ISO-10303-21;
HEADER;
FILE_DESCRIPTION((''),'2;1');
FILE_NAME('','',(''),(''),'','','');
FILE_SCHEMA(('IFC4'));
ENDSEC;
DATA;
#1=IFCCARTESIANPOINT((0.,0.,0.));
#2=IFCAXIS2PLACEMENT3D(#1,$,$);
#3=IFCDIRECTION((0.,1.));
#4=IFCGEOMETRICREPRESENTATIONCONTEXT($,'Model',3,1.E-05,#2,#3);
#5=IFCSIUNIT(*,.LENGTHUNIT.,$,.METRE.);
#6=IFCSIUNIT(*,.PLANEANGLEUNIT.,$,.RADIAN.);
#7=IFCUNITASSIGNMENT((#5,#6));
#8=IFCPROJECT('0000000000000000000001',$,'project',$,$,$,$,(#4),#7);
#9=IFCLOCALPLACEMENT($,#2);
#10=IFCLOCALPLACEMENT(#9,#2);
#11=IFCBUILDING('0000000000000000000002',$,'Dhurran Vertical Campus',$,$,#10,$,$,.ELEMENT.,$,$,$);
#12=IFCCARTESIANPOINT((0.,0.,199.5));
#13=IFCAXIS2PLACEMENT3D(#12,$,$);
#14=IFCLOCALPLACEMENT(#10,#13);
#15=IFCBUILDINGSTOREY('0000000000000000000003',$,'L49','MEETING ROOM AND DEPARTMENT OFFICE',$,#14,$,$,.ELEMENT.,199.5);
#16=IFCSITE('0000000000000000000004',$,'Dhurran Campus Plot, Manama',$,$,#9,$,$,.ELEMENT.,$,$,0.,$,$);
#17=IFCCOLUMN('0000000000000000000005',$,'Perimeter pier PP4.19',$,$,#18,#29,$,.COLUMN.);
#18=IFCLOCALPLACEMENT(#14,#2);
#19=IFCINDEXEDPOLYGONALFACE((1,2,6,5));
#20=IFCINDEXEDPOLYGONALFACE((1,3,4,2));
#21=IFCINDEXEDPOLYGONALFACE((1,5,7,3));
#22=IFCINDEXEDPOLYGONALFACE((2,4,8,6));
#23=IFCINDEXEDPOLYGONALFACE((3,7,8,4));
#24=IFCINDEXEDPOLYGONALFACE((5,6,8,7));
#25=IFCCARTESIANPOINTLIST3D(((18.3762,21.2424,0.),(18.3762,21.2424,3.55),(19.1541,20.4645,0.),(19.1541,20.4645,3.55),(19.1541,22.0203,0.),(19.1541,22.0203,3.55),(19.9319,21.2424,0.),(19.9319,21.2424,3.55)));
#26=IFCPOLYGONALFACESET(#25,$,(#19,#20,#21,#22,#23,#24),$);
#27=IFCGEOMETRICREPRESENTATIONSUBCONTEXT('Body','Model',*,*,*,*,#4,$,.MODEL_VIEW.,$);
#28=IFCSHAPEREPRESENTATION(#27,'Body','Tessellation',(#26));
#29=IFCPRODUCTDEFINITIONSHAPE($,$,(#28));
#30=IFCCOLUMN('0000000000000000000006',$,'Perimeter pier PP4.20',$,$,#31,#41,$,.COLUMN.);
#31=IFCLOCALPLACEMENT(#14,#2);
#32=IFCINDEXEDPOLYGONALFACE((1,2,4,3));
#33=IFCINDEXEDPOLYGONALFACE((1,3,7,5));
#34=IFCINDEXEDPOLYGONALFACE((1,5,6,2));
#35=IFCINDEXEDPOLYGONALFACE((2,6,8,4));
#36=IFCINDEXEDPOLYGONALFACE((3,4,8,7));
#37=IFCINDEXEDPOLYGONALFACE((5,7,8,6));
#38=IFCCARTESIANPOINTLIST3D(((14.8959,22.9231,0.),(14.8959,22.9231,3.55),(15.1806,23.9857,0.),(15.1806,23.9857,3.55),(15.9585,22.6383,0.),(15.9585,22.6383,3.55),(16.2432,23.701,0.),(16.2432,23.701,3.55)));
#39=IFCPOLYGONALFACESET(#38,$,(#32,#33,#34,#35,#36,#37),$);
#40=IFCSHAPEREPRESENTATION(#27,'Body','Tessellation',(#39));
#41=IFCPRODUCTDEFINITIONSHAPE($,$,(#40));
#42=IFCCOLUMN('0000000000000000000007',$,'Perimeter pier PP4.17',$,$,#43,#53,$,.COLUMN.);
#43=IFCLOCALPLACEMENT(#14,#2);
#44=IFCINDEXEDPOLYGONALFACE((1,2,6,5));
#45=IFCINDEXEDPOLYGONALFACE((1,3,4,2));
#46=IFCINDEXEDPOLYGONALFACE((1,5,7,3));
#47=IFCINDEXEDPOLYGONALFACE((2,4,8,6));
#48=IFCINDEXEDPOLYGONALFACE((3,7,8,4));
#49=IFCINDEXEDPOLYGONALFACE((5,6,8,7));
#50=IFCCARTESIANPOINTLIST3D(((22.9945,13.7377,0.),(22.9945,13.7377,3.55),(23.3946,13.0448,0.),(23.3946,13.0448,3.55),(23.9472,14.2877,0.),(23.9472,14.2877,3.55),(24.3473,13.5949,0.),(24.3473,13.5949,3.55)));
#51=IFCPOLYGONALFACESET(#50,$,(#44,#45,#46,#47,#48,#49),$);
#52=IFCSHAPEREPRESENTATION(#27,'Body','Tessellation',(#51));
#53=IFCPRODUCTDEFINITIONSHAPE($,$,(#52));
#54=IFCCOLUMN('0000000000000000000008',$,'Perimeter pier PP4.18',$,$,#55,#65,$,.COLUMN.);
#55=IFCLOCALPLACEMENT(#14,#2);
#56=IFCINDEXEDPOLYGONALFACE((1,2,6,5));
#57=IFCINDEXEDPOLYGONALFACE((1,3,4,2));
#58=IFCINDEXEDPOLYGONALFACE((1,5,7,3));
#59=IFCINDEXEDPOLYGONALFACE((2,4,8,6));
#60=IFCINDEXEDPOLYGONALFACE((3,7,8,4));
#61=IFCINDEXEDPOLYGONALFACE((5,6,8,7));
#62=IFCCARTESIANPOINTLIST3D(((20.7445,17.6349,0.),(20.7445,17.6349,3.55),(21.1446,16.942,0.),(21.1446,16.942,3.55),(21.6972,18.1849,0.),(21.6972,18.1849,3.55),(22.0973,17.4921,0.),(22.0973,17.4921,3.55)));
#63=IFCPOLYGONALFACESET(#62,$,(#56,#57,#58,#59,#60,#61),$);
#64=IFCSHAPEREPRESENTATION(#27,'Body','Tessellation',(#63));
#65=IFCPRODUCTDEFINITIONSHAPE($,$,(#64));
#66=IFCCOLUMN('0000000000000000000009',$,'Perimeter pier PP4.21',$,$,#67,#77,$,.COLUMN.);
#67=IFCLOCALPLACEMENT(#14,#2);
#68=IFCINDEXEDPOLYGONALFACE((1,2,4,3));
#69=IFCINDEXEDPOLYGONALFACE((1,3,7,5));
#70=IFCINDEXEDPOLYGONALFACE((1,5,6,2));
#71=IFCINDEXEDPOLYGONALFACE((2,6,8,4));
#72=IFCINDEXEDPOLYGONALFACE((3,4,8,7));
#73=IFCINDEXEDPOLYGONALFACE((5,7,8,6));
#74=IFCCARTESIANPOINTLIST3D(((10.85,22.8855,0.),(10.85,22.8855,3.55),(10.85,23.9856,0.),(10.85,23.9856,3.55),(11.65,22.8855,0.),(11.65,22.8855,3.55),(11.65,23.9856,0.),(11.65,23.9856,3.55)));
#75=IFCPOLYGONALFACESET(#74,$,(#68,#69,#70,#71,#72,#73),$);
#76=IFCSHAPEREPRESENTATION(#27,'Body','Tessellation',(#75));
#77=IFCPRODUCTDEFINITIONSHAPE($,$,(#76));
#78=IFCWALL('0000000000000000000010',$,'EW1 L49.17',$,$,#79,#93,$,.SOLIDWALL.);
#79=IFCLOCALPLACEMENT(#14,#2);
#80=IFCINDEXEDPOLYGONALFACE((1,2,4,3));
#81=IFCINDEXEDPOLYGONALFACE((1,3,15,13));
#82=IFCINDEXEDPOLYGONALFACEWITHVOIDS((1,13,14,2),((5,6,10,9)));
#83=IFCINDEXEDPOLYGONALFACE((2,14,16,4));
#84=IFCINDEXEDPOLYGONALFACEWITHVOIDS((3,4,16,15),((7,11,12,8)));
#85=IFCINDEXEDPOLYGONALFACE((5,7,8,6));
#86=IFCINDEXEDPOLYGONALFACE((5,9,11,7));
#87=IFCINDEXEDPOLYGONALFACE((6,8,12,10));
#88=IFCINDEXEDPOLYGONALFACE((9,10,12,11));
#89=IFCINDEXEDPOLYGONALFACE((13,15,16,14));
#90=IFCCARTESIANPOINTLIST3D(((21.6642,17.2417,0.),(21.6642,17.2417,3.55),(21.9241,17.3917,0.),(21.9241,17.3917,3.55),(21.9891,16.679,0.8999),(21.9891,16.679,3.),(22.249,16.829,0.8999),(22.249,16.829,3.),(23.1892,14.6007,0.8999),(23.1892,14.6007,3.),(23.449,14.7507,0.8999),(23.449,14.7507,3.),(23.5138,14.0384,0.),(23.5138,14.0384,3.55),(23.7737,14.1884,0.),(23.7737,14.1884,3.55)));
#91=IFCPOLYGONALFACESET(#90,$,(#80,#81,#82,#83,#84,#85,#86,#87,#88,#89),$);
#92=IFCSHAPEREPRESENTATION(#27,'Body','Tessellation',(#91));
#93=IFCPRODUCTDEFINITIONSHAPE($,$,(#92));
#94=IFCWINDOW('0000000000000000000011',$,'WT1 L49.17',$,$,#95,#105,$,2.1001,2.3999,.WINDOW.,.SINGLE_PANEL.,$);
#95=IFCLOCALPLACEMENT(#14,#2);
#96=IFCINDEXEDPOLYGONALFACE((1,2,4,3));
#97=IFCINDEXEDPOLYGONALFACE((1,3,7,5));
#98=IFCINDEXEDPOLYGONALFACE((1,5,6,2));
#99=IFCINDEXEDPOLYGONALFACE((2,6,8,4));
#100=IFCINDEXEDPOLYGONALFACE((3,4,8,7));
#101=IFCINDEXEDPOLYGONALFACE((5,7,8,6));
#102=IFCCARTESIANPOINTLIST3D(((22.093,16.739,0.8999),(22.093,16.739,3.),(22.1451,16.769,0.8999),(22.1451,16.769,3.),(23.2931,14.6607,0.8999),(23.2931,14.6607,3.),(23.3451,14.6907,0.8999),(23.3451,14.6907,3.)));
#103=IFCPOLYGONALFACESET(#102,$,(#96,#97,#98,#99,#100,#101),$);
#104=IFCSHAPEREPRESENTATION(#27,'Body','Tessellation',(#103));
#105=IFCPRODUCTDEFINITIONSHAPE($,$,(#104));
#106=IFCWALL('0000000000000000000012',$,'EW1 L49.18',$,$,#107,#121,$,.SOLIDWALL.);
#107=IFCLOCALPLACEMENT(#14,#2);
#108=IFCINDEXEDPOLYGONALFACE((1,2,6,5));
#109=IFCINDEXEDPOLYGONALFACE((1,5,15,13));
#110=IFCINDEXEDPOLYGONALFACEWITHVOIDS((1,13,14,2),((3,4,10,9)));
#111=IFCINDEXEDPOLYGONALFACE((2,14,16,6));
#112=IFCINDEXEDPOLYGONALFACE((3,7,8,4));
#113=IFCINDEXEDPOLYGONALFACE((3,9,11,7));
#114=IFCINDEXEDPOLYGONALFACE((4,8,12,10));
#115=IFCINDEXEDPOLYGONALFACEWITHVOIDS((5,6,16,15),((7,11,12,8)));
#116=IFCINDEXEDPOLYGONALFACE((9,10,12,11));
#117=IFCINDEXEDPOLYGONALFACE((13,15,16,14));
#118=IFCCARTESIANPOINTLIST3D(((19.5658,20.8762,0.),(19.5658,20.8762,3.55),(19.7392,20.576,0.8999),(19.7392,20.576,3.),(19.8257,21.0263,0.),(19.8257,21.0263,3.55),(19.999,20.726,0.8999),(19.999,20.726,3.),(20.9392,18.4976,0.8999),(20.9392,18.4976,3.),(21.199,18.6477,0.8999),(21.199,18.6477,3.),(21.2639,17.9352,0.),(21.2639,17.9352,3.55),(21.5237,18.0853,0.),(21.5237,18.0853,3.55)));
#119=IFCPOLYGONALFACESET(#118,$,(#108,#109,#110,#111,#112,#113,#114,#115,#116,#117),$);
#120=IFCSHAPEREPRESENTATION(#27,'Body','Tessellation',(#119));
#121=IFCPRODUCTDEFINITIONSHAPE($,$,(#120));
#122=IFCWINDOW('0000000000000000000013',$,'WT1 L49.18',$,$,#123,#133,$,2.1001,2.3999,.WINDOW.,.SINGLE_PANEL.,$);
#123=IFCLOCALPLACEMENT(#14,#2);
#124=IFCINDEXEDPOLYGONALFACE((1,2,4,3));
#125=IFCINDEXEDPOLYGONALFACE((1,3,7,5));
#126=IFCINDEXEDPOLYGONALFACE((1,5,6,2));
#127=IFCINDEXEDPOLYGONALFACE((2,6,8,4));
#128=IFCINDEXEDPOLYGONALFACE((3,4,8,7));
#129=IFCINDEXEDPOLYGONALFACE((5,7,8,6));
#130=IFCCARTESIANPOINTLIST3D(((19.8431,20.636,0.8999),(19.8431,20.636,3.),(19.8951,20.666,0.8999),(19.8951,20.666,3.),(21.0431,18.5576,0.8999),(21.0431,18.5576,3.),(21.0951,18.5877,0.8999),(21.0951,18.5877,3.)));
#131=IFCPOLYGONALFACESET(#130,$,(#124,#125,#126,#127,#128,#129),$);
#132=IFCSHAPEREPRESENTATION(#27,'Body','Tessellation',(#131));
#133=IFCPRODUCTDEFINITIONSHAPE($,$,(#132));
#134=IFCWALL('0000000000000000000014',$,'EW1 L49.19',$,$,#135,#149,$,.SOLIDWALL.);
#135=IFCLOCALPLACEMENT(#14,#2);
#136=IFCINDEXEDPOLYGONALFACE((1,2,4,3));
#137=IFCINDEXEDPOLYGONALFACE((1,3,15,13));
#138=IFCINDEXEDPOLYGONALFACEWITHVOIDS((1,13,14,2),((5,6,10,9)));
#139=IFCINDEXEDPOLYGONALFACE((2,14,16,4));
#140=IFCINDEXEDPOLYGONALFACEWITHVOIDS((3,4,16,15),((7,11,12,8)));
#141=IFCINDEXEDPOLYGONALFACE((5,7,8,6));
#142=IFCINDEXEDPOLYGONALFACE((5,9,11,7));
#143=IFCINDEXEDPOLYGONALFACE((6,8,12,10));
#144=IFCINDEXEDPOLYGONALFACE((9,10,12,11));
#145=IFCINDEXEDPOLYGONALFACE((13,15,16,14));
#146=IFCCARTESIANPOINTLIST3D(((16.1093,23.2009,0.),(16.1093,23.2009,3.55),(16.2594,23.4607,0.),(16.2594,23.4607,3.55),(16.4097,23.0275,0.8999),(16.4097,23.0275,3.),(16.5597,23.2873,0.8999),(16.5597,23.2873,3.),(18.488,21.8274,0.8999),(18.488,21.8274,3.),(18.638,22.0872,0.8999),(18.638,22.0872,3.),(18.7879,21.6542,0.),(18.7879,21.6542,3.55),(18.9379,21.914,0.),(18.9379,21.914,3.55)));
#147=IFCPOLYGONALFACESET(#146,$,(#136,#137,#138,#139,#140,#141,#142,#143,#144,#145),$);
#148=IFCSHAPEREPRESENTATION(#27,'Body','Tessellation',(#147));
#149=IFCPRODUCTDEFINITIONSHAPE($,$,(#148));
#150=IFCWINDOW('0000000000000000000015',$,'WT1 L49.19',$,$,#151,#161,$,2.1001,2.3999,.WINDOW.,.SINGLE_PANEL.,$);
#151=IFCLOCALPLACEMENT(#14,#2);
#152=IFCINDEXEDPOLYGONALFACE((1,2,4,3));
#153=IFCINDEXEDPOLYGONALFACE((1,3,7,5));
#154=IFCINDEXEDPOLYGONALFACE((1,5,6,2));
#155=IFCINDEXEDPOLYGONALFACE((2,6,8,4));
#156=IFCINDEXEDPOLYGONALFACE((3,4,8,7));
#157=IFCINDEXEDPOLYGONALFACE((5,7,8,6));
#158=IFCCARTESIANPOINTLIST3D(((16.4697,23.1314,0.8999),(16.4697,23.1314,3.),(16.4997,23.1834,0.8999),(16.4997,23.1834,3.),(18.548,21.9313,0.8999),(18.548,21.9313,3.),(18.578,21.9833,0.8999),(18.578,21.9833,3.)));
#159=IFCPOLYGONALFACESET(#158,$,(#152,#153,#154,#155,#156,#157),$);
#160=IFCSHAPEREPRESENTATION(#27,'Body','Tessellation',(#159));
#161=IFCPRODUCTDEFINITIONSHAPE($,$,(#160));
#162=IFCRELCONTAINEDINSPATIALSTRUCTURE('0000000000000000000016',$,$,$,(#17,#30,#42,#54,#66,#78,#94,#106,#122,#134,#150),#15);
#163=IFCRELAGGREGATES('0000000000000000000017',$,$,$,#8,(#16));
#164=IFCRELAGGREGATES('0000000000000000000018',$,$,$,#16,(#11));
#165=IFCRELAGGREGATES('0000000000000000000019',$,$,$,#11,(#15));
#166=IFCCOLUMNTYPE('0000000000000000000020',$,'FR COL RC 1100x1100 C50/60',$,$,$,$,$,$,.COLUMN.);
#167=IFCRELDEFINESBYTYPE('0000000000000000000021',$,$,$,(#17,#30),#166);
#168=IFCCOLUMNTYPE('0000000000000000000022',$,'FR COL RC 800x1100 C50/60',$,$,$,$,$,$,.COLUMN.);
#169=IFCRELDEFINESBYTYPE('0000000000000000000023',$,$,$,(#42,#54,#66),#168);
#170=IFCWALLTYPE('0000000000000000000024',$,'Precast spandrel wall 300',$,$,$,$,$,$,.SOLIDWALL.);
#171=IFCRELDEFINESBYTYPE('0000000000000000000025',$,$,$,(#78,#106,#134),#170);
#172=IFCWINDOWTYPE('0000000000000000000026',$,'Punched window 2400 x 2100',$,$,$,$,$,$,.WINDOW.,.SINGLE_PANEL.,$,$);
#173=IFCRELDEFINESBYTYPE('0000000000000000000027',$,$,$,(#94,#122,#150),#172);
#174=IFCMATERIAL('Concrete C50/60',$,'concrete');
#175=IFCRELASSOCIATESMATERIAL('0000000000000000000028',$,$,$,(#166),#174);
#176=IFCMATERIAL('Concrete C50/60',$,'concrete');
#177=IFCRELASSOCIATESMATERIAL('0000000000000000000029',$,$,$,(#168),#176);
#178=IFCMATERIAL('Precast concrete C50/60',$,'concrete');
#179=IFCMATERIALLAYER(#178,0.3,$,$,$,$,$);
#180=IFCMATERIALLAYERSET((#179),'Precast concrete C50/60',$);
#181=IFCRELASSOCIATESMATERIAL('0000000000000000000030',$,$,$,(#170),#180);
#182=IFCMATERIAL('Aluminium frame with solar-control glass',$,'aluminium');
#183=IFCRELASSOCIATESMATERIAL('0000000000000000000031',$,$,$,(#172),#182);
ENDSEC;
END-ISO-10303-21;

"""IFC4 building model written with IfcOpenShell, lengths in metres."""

from ifc_helpers import new_model, si_unit, direction, frame, frame_2d, origin, origin_2d, place, context, subcontext, project, spatial, rectangle, extrude, material, layer, layer_set, material_profile, profile_set, type_object, element, fill, save


model = new_model("IFC4")

# Units and contexts
model_context = context("Model", 3, precision=1e-05, world=origin(), true_north=direction((0.0, 1.0)))
body_context = subcontext(model_context, "Body", "Model", "MODEL_VIEW")
ifc_project = project(units=[si_unit("LENGTHUNIT", "METRE"), si_unit("PLANEANGLEUNIT", "RADIAN")], contexts=[model_context])

# Site, building, storey
site_placement = place(None, origin())
site = spatial("IfcSite", under=ifc_project, at=site_placement, Name="Dhurran Campus Plot, Manama", CompositionType="ELEMENT", RefElevation=0.0)
building_placement = place(site_placement, origin())
building = spatial("IfcBuilding", under=site, at=building_placement, Name="Dhurran Vertical Campus", CompositionType="ELEMENT")
storey_placement = place(building_placement, frame((0.0, 0.0, 199.5)))
storey = spatial("IfcBuildingStorey", under=building, at=storey_placement, Name="L49", Description="MEETING ROOM AND DEPARTMENT OFFICE", CompositionType="ELEMENT", Elevation=199.5)

# Columns
ifc_material_1 = material(Name="Concrete C50/60", Category="concrete")
ifc_material_profile_1 = material_profile(ifc_material_1, rectangle(XDim=1.1001, YDim=1.1001, at=origin_2d()), Name="RC 1100x1100")
ifc_profile_set_1 = profile_set([ifc_material_profile_1], Name="Concrete C50/60")
column_type_1 = type_object("IfcColumnType", Name="FR COL RC 1100x1100 C50/60", PredefinedType="COLUMN", material=ifc_profile_set_1)
for number, where, z_axis, x_axis, name in (
    (1, (19.1541, 21.2424, 0.0), (0.0, 0.0, 1.0), (-0.707107, 0.707107, 0.0), "Perimeter pier PP4.19"),
    (2, (15.5696, 23.312, 0.0), (0.0, 0.0, 1.0), (-0.965926, 0.258819, 0.0), "Perimeter pier PP4.20"),
):
    element("IfcColumn", number, at=place(storey_placement, frame(where, z_axis=z_axis, x_axis=x_axis)), inside=storey, type_object=column_type_1, Name=name, PredefinedType="COLUMN", context=body_context, shape_type="SweptSolid", body=[
        extrude(rectangle(XDim=1.1001, YDim=1.1001, at=origin_2d()), origin(), (0.0, 0.0, 1.0), 3.55),
    ])
ifc_material_2 = material(Name="Concrete C50/60", Category="concrete")
ifc_material_profile_2 = material_profile(ifc_material_2, rectangle(XDim=0.8, YDim=1.1001, at=origin_2d()), Name="RC 800x1100")
ifc_profile_set_2 = profile_set([ifc_material_profile_2], Name="Concrete C50/60")
column_type_2 = type_object("IfcColumnType", Name="FR COL RC 800x1100 C50/60", PredefinedType="COLUMN", material=ifc_profile_set_2)
for number, where, z_axis, x_axis, name in (
    (3, (23.6709, 13.6663, 0.0), (0.0, 0.0, 1.0), (-0.5, 0.866025, 0.0), "Perimeter pier PP4.17"),
    (4, (21.4209, 17.5635, 0.0), (0.0, 0.0, 1.0), (-0.5, 0.866025, 0.0), "Perimeter pier PP4.18"),
    (5, (11.25, 23.4355, 0.0), (0.0, 0.0, 1.0), (-1.0, 0.0, 0.0), "Perimeter pier PP4.21"),
):
    element("IfcColumn", number, at=place(storey_placement, frame(where, z_axis=z_axis, x_axis=x_axis)), inside=storey, type_object=column_type_2, Name=name, PredefinedType="COLUMN", context=body_context, shape_type="SweptSolid", body=[
        extrude(rectangle(XDim=0.8, YDim=1.1001, at=origin_2d()), origin(), (0.0, 0.0, 1.0), 3.55),
    ])

# Walls, openings, windows
ifc_material_3 = material(Name="Precast concrete C50/60", Category="concrete")
ifc_layer_1 = layer(ifc_material_3, 0.3)
ifc_layer_set_1 = layer_set([ifc_layer_1], Name="Precast concrete C50/60")
wall_type_1 = type_object("IfcWallType", Name="Precast spandrel wall 300", PredefinedType="SOLIDWALL", material=ifc_layer_set_1)
wall_1_placement = place(storey_placement, frame((23.6438, 14.1133, 0.0), z_axis=(0.0, 0.0, 1.0), x_axis=(-0.500029, 0.866009, 0.0)))
wall_1 = element("IfcWall", 6, at=wall_1_placement, inside=storey, type_object=wall_type_1, Name="EW1 L49.17", PredefinedType="SOLIDWALL", context=body_context, shape_type="SweptSolid", body=[
    extrude(rectangle(XDim=3.699, YDim=0.3, at=frame_2d((1.8496, 0.0))), origin(), (0.0, 0.0, 1.0), 3.55),
])
opening_1_placement = place(wall_1_placement, frame((0.6494, 0.0, 0.8999)))
opening_1 = element("IfcOpeningElement", 7, at=opening_1_placement, cuts=wall_1, PredefinedType="OPENING", context=body_context, shape_type="SweptSolid", body=[
    extrude(rectangle(XDim=2.3999, YDim=2.1001, at=frame_2d((1.2, 1.05))), frame((0.0, 0.1599, 0.0), z_axis=(0.0, -1.0, 0.0), x_axis=(1.0, 0.0, 0.0)), (0.0, 0.0, 1.0), 0.3201),
])
ifc_material_4 = material(Name="Aluminium frame with solar-control glass", Category="aluminium")
window_type = type_object("IfcWindowType", Name="Punched window 2400 x 2100", PartitioningType="SINGLE_PANEL", PredefinedType="WINDOW", material=ifc_material_4)
window_1_placement = place(opening_1_placement, origin())
window_1 = element("IfcWindow", 8, at=window_1_placement, inside=storey, type_object=window_type, Name="WT1 L49.17", OverallHeight=2.1001, OverallWidth=2.3999, PartitioningType="SINGLE_PANEL", PredefinedType="WINDOW", context=body_context, shape_type="SweptSolid", body=[
    extrude(rectangle(XDim=2.3999, YDim=2.1001, at=frame_2d((1.2, 1.05))), frame((0.0, 0.03, 0.0), z_axis=(0.0, -1.0, 0.0), x_axis=(1.0, 0.0, 0.0)), (0.0, 0.0, 1.0), 0.0601),
])
fill(opening_1, window_1)
wall_2_placement = place(storey_placement, frame((21.3938, 18.0103, 0.0), z_axis=(0.0, 0.0, 1.0), x_axis=(-0.500013, 0.866018, 0.0)))
wall_2 = element("IfcWall", 9, at=wall_2_placement, inside=storey, type_object=wall_type_1, Name="EW1 L49.18", PredefinedType="SOLIDWALL", context=body_context, shape_type="SweptSolid", body=[
    extrude(rectangle(XDim=3.396, YDim=0.3, at=frame_2d((1.698, 0.0))), origin(), (0.0, 0.0, 1.0), 3.55),
])
opening_2_placement = place(wall_2_placement, frame((0.6494, 0.0, 0.8999)))
opening_2 = element("IfcOpeningElement", 10, at=opening_2_placement, cuts=wall_2, PredefinedType="OPENING", context=body_context, shape_type="SweptSolid", body=[
    extrude(rectangle(XDim=2.3999, YDim=2.1001, at=frame_2d((1.2, 1.05))), frame((0.0, 0.1599, 0.0), z_axis=(0.0, -1.0, 0.0), x_axis=(1.0, 0.0, 0.0)), (0.0, 0.0, 1.0), 0.3201),
])
window_2_placement = place(opening_2_placement, origin())
window_2 = element("IfcWindow", 11, at=window_2_placement, inside=storey, type_object=window_type, Name="WT1 L49.18", OverallHeight=2.1001, OverallWidth=2.3999, PartitioningType="SINGLE_PANEL", PredefinedType="WINDOW", context=body_context, shape_type="SweptSolid", body=[
    extrude(rectangle(XDim=2.3999, YDim=2.1001, at=frame_2d((1.2, 1.05))), frame((0.0, 0.03, 0.0), z_axis=(0.0, -1.0, 0.0), x_axis=(1.0, 0.0, 0.0)), (0.0, 0.0, 1.0), 0.0601),
])
fill(opening_2, window_2)
wall_3_placement = place(storey_placement, frame((18.8628, 21.7842, 0.0), z_axis=(0.0, 0.0, 1.0), x_axis=(-0.865995, 0.500053, 0.0)))
wall_3 = element("IfcWall", 12, at=wall_3_placement, inside=storey, type_object=wall_type_1, Name="EW1 L49.19", PredefinedType="SOLIDWALL", context=body_context, shape_type="SweptSolid", body=[
    extrude(rectangle(XDim=3.093, YDim=0.3, at=frame_2d((1.5464, 0.0))), origin(), (0.0, 0.0, 1.0), 3.55),
])
opening_3_placement = place(wall_3_placement, frame((0.3462, 0.0, 0.8999)))
opening_3 = element("IfcOpeningElement", 13, at=opening_3_placement, cuts=wall_3, PredefinedType="OPENING", context=body_context, shape_type="SweptSolid", body=[
    extrude(rectangle(XDim=2.3999, YDim=2.1001, at=frame_2d((1.2, 1.05))), frame((0.0, 0.1599, 0.0), z_axis=(0.0, -1.0, 0.0), x_axis=(1.0, 0.0, 0.0)), (0.0, 0.0, 1.0), 0.3201),
])
window_3_placement = place(opening_3_placement, origin())
window_3 = element("IfcWindow", 14, at=window_3_placement, inside=storey, type_object=window_type, Name="WT1 L49.19", OverallHeight=2.1001, OverallWidth=2.3999, PartitioningType="SINGLE_PANEL", PredefinedType="WINDOW", context=body_context, shape_type="SweptSolid", body=[
    extrude(rectangle(XDim=2.3999, YDim=2.1001, at=frame_2d((1.2, 1.05))), frame((0.0, 0.03, 0.0), z_axis=(0.0, -1.0, 0.0), x_axis=(1.0, 0.0, 0.0)), (0.0, 0.0, 1.0), 0.0601),
])
fill(opening_3, window_3)

save(model, "model.ifc")
